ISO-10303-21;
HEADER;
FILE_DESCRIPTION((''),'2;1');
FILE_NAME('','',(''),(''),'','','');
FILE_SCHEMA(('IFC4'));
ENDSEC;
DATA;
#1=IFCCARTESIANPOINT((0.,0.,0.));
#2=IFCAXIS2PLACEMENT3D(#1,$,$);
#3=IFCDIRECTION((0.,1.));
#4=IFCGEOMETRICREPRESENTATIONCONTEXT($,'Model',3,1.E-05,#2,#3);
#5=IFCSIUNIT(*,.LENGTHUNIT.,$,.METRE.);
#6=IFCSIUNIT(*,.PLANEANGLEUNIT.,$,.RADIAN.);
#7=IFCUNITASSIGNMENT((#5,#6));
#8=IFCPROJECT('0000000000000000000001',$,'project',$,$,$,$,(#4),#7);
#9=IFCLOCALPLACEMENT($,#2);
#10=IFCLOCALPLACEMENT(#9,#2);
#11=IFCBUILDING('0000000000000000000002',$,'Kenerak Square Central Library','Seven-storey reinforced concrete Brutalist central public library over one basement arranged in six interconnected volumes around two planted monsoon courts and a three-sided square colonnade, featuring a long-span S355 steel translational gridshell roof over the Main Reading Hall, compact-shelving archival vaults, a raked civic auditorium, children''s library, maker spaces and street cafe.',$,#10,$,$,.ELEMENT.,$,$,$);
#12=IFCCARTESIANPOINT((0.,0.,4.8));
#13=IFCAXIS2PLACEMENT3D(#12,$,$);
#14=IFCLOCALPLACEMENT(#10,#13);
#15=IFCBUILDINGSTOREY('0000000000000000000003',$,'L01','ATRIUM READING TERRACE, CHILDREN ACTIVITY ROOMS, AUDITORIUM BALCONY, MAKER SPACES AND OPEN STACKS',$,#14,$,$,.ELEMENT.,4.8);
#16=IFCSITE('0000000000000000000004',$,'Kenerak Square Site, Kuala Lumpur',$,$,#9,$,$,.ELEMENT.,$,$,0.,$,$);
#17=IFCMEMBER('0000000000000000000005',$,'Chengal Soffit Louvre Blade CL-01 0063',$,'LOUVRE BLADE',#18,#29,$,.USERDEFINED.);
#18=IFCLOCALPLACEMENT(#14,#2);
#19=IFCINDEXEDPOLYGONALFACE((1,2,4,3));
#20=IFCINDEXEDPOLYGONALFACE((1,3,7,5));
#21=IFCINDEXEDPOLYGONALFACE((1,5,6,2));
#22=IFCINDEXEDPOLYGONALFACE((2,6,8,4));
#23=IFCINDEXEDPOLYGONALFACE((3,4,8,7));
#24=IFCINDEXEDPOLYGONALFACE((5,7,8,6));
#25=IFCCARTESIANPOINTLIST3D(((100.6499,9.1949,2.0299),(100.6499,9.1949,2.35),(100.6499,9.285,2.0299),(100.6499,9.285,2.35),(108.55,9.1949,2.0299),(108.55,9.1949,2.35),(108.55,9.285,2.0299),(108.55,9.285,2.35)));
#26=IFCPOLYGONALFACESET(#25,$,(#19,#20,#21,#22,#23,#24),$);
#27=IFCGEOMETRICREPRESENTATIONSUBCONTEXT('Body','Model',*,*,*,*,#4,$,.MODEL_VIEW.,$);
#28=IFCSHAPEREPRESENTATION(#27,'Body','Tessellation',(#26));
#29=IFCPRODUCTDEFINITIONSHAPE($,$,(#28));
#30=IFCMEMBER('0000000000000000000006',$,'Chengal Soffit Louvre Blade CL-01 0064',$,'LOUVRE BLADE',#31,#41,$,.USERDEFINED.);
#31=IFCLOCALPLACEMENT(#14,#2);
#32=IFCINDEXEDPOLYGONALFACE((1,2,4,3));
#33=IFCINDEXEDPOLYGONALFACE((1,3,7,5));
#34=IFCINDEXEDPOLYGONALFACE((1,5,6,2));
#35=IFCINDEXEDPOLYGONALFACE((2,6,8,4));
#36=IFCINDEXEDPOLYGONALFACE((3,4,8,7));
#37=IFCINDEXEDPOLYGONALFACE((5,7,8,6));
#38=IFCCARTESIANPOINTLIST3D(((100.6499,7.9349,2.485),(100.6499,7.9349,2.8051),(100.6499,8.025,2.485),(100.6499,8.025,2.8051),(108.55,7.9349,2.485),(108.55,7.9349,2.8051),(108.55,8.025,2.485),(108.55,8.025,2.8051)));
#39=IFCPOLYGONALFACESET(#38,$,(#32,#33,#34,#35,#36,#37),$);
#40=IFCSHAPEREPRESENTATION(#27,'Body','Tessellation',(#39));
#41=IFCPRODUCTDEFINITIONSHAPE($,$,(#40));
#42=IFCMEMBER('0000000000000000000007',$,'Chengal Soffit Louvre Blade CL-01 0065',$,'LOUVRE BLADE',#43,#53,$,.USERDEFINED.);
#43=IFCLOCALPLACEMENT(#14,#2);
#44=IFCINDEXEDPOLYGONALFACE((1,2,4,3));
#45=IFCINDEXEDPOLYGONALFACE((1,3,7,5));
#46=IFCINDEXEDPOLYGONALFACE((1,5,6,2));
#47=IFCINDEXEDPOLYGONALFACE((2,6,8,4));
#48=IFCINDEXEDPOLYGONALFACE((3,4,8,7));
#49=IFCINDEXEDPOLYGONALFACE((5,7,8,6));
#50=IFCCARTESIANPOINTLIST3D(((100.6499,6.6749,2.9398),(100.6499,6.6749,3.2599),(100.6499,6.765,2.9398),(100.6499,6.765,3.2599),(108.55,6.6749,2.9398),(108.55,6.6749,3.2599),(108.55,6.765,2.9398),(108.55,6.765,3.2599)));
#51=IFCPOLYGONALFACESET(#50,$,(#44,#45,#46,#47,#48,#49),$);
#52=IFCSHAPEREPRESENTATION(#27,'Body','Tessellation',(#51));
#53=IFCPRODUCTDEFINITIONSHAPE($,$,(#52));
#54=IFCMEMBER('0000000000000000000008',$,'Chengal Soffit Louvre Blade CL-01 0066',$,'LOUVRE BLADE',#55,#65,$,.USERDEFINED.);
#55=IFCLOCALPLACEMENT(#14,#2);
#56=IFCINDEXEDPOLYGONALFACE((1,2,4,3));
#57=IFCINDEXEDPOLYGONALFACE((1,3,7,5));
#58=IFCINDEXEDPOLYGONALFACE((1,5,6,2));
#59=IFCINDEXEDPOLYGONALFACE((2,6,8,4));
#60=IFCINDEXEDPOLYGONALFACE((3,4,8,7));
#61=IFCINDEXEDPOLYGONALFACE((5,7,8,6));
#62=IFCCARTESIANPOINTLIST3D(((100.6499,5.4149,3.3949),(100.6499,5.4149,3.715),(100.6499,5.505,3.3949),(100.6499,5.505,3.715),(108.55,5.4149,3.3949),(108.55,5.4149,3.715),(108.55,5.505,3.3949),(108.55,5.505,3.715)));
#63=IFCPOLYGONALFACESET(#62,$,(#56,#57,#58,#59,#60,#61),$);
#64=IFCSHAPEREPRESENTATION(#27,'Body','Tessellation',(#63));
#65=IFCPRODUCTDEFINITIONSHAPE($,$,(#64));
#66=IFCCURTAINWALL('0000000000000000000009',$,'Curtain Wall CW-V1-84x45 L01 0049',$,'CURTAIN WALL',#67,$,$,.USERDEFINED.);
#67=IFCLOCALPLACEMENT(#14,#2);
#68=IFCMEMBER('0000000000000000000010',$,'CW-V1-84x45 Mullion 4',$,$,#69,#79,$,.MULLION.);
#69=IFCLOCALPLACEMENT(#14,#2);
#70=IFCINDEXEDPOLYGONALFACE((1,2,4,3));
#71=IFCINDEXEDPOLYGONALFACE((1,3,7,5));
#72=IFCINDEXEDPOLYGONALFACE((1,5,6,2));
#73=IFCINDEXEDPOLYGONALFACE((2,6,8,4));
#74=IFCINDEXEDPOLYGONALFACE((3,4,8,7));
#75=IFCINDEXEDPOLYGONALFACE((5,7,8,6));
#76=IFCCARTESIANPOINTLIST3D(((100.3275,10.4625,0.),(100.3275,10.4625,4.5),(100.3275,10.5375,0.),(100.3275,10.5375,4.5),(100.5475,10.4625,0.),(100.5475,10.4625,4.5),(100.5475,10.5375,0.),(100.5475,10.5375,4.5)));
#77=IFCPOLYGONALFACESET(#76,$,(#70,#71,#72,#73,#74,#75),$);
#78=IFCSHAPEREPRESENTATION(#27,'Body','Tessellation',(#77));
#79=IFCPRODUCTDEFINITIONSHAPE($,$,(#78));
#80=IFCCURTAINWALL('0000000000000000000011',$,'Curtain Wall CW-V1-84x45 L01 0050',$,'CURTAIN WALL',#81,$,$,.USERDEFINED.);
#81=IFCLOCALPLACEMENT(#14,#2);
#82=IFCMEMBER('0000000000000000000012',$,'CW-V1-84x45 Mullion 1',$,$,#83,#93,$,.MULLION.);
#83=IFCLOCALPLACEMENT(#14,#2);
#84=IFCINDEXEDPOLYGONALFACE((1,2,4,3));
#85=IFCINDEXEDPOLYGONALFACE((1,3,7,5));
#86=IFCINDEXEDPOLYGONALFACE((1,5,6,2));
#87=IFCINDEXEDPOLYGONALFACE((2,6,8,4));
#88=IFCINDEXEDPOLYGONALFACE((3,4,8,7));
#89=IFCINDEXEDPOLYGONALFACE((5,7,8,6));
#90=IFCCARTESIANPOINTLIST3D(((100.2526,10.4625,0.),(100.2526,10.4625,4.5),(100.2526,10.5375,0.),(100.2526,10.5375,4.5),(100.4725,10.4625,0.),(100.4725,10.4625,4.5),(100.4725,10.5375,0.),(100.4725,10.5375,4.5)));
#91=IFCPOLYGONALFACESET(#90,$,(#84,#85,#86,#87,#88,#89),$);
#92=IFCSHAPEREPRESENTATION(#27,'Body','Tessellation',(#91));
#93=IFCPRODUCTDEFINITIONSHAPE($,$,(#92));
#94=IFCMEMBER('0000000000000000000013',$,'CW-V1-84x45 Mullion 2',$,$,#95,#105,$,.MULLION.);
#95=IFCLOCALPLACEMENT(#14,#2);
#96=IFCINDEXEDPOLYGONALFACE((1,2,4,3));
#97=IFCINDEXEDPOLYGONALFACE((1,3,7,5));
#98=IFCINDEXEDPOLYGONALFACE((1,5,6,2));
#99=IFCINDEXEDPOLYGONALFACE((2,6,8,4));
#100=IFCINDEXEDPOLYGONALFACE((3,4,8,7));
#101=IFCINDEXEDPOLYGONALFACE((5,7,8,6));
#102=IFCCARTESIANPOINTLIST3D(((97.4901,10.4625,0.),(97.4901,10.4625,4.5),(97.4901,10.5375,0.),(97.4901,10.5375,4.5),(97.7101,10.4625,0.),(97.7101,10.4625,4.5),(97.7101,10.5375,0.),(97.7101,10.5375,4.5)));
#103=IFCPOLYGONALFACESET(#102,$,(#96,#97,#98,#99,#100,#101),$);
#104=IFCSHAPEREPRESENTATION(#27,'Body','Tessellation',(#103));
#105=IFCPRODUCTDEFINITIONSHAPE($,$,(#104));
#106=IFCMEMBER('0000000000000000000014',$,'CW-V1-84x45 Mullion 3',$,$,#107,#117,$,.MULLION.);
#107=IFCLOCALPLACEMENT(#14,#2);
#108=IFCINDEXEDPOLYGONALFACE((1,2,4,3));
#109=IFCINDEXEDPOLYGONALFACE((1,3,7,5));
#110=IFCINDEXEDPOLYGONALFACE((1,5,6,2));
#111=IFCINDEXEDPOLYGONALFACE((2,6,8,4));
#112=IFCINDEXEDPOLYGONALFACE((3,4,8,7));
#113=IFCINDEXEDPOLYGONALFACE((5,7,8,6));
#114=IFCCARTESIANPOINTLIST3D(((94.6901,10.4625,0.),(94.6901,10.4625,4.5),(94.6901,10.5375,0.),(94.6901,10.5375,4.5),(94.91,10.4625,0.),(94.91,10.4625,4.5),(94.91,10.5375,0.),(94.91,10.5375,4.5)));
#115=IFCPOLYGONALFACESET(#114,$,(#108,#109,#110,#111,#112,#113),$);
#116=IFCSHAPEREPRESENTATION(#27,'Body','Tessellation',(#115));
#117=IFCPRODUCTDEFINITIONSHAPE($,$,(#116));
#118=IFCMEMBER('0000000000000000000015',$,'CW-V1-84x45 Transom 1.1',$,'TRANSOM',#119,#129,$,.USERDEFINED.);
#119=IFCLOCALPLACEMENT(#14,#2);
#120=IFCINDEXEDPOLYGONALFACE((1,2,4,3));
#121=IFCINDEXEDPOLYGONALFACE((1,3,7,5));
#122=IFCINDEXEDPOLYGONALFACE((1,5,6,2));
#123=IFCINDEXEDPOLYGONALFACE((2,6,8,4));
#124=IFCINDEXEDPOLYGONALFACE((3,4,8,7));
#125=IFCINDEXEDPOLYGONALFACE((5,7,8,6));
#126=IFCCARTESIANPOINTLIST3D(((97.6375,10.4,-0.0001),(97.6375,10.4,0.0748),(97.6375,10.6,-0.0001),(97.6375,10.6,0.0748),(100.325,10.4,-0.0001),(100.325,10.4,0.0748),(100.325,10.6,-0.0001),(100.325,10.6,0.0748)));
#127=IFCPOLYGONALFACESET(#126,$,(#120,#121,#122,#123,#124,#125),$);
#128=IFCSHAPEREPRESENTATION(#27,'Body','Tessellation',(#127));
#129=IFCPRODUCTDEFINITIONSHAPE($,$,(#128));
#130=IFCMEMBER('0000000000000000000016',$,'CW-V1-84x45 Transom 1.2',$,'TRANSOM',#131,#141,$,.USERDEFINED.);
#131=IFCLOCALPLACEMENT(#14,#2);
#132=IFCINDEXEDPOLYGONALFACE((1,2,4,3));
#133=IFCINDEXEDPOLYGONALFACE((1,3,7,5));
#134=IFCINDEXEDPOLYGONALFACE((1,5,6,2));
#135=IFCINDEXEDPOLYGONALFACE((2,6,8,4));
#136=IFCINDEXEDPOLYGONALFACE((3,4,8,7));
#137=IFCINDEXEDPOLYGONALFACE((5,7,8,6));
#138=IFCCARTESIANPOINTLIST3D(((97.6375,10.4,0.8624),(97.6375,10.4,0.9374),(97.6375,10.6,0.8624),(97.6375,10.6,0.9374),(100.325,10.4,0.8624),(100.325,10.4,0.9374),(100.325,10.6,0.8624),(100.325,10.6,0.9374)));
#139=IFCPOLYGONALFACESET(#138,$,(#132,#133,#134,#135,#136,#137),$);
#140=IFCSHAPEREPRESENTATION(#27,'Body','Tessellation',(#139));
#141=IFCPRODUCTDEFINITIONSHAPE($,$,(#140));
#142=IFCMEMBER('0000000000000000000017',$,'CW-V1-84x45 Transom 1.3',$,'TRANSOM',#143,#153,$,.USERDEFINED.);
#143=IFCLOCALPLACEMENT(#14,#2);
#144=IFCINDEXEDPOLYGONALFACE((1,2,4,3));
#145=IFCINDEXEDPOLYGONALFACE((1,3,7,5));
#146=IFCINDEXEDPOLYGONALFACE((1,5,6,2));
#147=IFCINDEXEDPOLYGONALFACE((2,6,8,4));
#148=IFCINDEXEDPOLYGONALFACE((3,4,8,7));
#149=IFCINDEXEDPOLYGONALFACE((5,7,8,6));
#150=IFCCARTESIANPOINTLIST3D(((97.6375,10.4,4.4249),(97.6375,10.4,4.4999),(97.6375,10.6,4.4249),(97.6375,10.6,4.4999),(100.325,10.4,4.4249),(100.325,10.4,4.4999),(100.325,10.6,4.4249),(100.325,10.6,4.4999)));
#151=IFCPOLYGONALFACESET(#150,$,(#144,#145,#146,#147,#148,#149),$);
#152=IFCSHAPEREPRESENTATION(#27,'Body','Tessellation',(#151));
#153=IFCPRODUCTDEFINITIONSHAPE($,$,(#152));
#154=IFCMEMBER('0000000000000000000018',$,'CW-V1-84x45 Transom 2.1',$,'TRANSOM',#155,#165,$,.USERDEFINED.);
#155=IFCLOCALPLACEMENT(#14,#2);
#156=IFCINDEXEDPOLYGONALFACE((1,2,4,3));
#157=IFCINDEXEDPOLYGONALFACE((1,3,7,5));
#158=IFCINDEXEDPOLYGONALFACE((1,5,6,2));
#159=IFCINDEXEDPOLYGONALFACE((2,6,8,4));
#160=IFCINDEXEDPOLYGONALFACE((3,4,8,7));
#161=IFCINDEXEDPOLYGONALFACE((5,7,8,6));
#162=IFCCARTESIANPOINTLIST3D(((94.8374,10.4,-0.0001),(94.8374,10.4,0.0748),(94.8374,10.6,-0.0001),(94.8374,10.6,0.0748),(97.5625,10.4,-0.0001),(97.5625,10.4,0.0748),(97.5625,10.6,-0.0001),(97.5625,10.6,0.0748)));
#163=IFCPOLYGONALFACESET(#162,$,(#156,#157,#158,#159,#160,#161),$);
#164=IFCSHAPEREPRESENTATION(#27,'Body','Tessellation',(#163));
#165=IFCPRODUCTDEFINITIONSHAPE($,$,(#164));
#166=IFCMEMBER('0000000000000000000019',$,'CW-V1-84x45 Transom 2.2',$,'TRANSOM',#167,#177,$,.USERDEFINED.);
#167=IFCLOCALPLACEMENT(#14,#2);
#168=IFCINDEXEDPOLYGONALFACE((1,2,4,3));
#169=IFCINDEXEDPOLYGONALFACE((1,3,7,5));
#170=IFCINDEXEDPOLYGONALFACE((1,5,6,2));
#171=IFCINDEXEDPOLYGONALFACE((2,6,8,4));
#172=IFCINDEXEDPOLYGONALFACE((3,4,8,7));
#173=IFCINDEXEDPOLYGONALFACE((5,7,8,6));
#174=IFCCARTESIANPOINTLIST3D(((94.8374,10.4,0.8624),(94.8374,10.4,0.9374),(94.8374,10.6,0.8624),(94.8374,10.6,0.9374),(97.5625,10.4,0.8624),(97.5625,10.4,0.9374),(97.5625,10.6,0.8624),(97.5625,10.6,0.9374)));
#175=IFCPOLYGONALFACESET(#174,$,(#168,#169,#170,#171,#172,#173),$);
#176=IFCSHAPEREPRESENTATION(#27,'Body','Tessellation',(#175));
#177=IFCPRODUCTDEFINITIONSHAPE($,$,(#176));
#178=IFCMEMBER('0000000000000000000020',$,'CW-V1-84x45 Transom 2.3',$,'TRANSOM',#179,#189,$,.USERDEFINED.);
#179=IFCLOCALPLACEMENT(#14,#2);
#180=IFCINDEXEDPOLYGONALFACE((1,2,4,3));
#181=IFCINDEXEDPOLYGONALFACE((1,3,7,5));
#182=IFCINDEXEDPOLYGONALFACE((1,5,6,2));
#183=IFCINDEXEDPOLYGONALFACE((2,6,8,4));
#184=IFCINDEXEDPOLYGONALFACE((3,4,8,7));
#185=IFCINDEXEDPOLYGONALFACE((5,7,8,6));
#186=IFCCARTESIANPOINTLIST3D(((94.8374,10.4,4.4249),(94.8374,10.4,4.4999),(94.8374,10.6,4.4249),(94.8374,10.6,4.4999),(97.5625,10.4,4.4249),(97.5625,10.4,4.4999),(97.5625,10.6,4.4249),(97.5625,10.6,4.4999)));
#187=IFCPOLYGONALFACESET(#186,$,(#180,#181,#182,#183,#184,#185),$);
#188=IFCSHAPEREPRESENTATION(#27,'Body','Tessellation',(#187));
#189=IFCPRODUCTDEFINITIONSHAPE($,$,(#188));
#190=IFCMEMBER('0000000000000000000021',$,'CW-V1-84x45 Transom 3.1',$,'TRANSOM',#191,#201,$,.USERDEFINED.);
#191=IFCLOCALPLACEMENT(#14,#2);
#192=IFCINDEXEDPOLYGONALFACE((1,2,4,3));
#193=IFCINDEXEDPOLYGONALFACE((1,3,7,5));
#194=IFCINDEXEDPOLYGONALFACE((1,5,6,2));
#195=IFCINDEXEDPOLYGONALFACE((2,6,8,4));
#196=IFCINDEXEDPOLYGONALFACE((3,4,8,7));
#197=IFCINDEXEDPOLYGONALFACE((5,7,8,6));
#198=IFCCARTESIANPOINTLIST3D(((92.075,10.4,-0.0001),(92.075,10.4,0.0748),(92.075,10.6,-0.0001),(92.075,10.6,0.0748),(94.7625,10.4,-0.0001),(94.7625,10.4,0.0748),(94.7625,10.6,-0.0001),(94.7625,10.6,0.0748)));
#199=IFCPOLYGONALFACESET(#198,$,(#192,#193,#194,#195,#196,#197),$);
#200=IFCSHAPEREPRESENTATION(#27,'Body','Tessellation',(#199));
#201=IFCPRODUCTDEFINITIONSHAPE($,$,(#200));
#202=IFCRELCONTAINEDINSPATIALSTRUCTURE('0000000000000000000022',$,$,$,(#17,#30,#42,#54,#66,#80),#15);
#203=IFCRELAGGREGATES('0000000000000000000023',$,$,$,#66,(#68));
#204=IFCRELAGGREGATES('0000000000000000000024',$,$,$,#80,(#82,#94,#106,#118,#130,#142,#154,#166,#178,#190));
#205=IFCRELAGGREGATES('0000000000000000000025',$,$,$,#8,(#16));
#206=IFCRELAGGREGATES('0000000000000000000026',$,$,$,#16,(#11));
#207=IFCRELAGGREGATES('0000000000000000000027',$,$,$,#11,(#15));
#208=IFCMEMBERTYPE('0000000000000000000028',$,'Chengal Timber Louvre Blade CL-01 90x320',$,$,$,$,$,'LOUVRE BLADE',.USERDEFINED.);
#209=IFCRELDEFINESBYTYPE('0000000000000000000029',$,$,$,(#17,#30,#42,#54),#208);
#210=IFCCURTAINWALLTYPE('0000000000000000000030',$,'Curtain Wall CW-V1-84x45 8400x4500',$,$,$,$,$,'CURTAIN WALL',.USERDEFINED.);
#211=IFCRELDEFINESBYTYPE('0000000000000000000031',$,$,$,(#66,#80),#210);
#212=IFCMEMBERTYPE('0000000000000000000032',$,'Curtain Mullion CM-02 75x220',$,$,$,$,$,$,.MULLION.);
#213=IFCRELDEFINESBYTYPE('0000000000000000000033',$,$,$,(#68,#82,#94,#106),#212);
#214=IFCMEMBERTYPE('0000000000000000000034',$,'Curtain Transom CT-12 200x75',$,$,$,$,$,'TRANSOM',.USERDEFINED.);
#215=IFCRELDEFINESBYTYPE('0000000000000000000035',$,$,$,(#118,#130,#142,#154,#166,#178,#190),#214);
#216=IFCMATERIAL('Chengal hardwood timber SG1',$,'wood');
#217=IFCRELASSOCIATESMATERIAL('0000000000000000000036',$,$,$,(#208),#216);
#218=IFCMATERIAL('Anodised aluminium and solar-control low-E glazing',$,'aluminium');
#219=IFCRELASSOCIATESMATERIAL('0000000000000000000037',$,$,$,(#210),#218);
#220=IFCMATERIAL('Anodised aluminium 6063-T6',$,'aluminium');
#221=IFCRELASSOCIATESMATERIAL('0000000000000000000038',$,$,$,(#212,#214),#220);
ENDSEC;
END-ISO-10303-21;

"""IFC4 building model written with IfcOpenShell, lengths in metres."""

from ifc_helpers import new_model, si_unit, direction, frame, origin, origin_2d, place, context, subcontext, project, spatial, rectangle, extrude, material, material_profile, profile_set, type_object, element, aggregate, save


model = new_model("IFC4")

# Units and contexts
model_context = context("Model", 3, precision=1e-05, world=origin(), true_north=direction((0.0, 1.0)))
body_context = subcontext(model_context, "Body", "Model", "MODEL_VIEW")
ifc_project = project(units=[si_unit("LENGTHUNIT", "METRE"), si_unit("PLANEANGLEUNIT", "RADIAN")], contexts=[model_context])

# Site, building, storey
site_placement = place(None, origin())
site = spatial("IfcSite", under=ifc_project, at=site_placement, Name="Kenerak Square Site, Kuala Lumpur", CompositionType="ELEMENT", RefElevation=0.0)
building_placement = place(site_placement, origin())
building = spatial("IfcBuilding", under=site, at=building_placement, Name="Kenerak Square Central Library", Description="Seven-storey reinforced concrete Brutalist central public library over one basement arranged in six interconnected volumes around two planted monsoon courts and a three-sided square colonnade, featuring a long-span S355 steel translational gridshell roof over the Main Reading Hall, compact-shelving archival vaults, a raked civic auditorium, children's library, maker spaces and street cafe.", CompositionType="ELEMENT")
storey_placement = place(building_placement, frame((0.0, 0.0, 4.8)))
storey = spatial("IfcBuildingStorey", under=building, at=storey_placement, Name="L01", Description="ATRIUM READING TERRACE, CHILDREN ACTIVITY ROOMS, AUDITORIUM BALCONY, MAKER SPACES AND OPEN STACKS", CompositionType="ELEMENT", Elevation=4.8)

# Members
ifc_material_1 = material(Name="Chengal hardwood timber SG1", Category="wood")
ifc_material_profile_1 = material_profile(ifc_material_1, rectangle(XDim=0.0901, YDim=0.3201, at=origin_2d()), Name="CHENGAL 90x320")
ifc_profile_set_1 = profile_set([ifc_material_profile_1], Name="Chengal hardwood timber SG1")
member_type_1 = type_object("IfcMemberType", Name="Chengal Timber Louvre Blade CL-01 90x320", ElementType="LOUVRE BLADE", PredefinedType="USERDEFINED", material=ifc_profile_set_1)
for number, where, z_axis, x_axis, name in (
    (1, (100.6499, 9.24, 2.1899), (1.0, 0.0, 0.0), (0.0, 1.0, 0.0), "Chengal Soffit Louvre Blade CL-01 0063"),
    (2, (100.6499, 7.98, 2.645), (1.0, 0.0, 0.0), (0.0, 1.0, 0.0), "Chengal Soffit Louvre Blade CL-01 0064"),
    (3, (100.6499, 6.72, 3.0999), (1.0, 0.0, 0.0), (0.0, 1.0, 0.0), "Chengal Soffit Louvre Blade CL-01 0065"),
    (4, (100.6499, 5.46, 3.5549), (1.0, 0.0, 0.0), (0.0, 1.0, 0.0), "Chengal Soffit Louvre Blade CL-01 0066"),
):
    element("IfcMember", number, at=place(storey_placement, frame(where, z_axis=z_axis, x_axis=x_axis)), inside=storey, type_object=member_type_1, Name=name, ObjectType="LOUVRE BLADE", PredefinedType="USERDEFINED", context=body_context, shape_type="SweptSolid", body=[
        extrude(rectangle(XDim=0.0901, YDim=0.3201, at=origin_2d()), origin(), (0.0, 0.0, 1.0), 7.9001),
    ])

# Curtain wall, member
ifc_material_2 = material(Name="Anodised aluminium and solar-control low-E glazing", Category="aluminium")
curtain_wall_type = type_object("IfcCurtainWallType", Name="Curtain Wall CW-V1-84x45 8400x4500", ElementType="CURTAIN WALL", PredefinedType="USERDEFINED", material=ifc_material_2)
curtain_wall_1_placement = place(storey_placement, origin())
curtain_wall_1 = element("IfcCurtainWall", 5, at=curtain_wall_1_placement, inside=storey, type_object=curtain_wall_type, Name="Curtain Wall CW-V1-84x45 L01 0049", ObjectType="CURTAIN WALL", PredefinedType="USERDEFINED")
ifc_material_3 = material(Name="Anodised aluminium 6063-T6", Category="aluminium")
ifc_material_profile_2 = material_profile(ifc_material_3, rectangle(XDim=0.075, YDim=0.22, at=origin_2d()), Name="AL MULLION 75x220")
ifc_profile_set_2 = profile_set([ifc_material_profile_2], Name="Anodised aluminium 6063-T6")
member_type_2 = type_object("IfcMemberType", Name="Curtain Mullion CM-02 75x220", PredefinedType="MULLION", material=ifc_profile_set_2)
member_1_placement = place(storey_placement, frame((100.4375, 10.5, 0.0), z_axis=(0.0, 0.0, 1.0), x_axis=(0.0, -1.0, 0.0)))
member_1 = element("IfcMember", 6, at=member_1_placement, type_object=member_type_2, Name="CW-V1-84x45 Mullion 4", PredefinedType="MULLION", context=body_context, shape_type="SweptSolid", body=[
    extrude(rectangle(XDim=0.075, YDim=0.22, at=origin_2d()), origin(), (0.0, 0.0, 1.0), 4.5),
])
aggregate(curtain_wall_1, [member_1])

# Curtain wall, members
curtain_wall_2_placement = place(storey_placement, origin())
curtain_wall_2 = element("IfcCurtainWall", 7, at=curtain_wall_2_placement, inside=storey, type_object=curtain_wall_type, Name="Curtain Wall CW-V1-84x45 L01 0050", ObjectType="CURTAIN WALL", PredefinedType="USERDEFINED")
member_2_placement = place(storey_placement, frame((100.3625, 10.5, 0.0), z_axis=(0.0, 0.0, 1.0), x_axis=(0.0, -1.0, 0.0)))
member_2 = element("IfcMember", 8, at=member_2_placement, type_object=member_type_2, Name="CW-V1-84x45 Mullion 1", PredefinedType="MULLION", context=body_context, shape_type="SweptSolid", body=[
    extrude(rectangle(XDim=0.075, YDim=0.22, at=origin_2d()), origin(), (0.0, 0.0, 1.0), 4.5),
])
member_3_placement = place(storey_placement, frame((97.6001, 10.5, 0.0), z_axis=(0.0, 0.0, 1.0), x_axis=(0.0, -1.0, 0.0)))
member_3 = element("IfcMember", 9, at=member_3_placement, type_object=member_type_2, Name="CW-V1-84x45 Mullion 2", PredefinedType="MULLION", context=body_context, shape_type="SweptSolid", body=[
    extrude(rectangle(XDim=0.075, YDim=0.22, at=origin_2d()), origin(), (0.0, 0.0, 1.0), 4.5),
])
member_4_placement = place(storey_placement, frame((94.8, 10.5, 0.0), z_axis=(0.0, 0.0, 1.0), x_axis=(0.0, -1.0, 0.0)))
member_4 = element("IfcMember", 10, at=member_4_placement, type_object=member_type_2, Name="CW-V1-84x45 Mullion 3", PredefinedType="MULLION", context=body_context, shape_type="SweptSolid", body=[
    extrude(rectangle(XDim=0.075, YDim=0.22, at=origin_2d()), origin(), (0.0, 0.0, 1.0), 4.5),
])
ifc_material_profile_3 = material_profile(ifc_material_3, rectangle(XDim=0.2, YDim=0.075, at=origin_2d()), Name="AL TRANSOM 200x75")
ifc_profile_set_3 = profile_set([ifc_material_profile_3], Name="Anodised aluminium 6063-T6")
member_type_3 = type_object("IfcMemberType", Name="Curtain Transom CT-12 200x75", ElementType="TRANSOM", PredefinedType="USERDEFINED", material=ifc_profile_set_3)
member_5_placement = place(storey_placement, frame((100.325, 10.5, 0.0374), z_axis=(-1.0, 0.0, 0.0), x_axis=(0.0, -1.0, 0.0)))
member_5 = element("IfcMember", 11, at=member_5_placement, type_object=member_type_3, Name="CW-V1-84x45 Transom 1.1", ObjectType="TRANSOM", PredefinedType="USERDEFINED", context=body_context, shape_type="SweptSolid", body=[
    extrude(rectangle(XDim=0.2, YDim=0.075, at=origin_2d()), origin(), (0.0, 0.0, 1.0), 2.6875),
])
member_6_placement = place(storey_placement, frame((100.325, 10.5, 0.8999), z_axis=(-1.0, 0.0, 0.0), x_axis=(0.0, -1.0, 0.0)))
member_6 = element("IfcMember", 12, at=member_6_placement, type_object=member_type_3, Name="CW-V1-84x45 Transom 1.2", ObjectType="TRANSOM", PredefinedType="USERDEFINED", context=body_context, shape_type="SweptSolid", body=[
    extrude(rectangle(XDim=0.2, YDim=0.075, at=origin_2d()), origin(), (0.0, 0.0, 1.0), 2.6875),
])
member_7_placement = place(storey_placement, frame((100.325, 10.5, 4.4624), z_axis=(-1.0, 0.0, 0.0), x_axis=(0.0, -1.0, 0.0)))
member_7 = element("IfcMember", 13, at=member_7_placement, type_object=member_type_3, Name="CW-V1-84x45 Transom 1.3", ObjectType="TRANSOM", PredefinedType="USERDEFINED", context=body_context, shape_type="SweptSolid", body=[
    extrude(rectangle(XDim=0.2, YDim=0.075, at=origin_2d()), origin(), (0.0, 0.0, 1.0), 2.6875),
])
member_8_placement = place(storey_placement, frame((97.5625, 10.5, 0.0374), z_axis=(-1.0, 0.0, 0.0), x_axis=(0.0, -1.0, 0.0)))
member_8 = element("IfcMember", 14, at=member_8_placement, type_object=member_type_3, Name="CW-V1-84x45 Transom 2.1", ObjectType="TRANSOM", PredefinedType="USERDEFINED", context=body_context, shape_type="SweptSolid", body=[
    extrude(rectangle(XDim=0.2, YDim=0.075, at=origin_2d()), origin(), (0.0, 0.0, 1.0), 2.7251),
])
member_9_placement = place(storey_placement, frame((97.5625, 10.5, 0.8999), z_axis=(-1.0, 0.0, 0.0), x_axis=(0.0, -1.0, 0.0)))
member_9 = element("IfcMember", 15, at=member_9_placement, type_object=member_type_3, Name="CW-V1-84x45 Transom 2.2", ObjectType="TRANSOM", PredefinedType="USERDEFINED", context=body_context, shape_type="SweptSolid", body=[
    extrude(rectangle(XDim=0.2, YDim=0.075, at=origin_2d()), origin(), (0.0, 0.0, 1.0), 2.7251),
])
member_10_placement = place(storey_placement, frame((97.5625, 10.5, 4.4624), z_axis=(-1.0, 0.0, 0.0), x_axis=(0.0, -1.0, 0.0)))
member_10 = element("IfcMember", 16, at=member_10_placement, type_object=member_type_3, Name="CW-V1-84x45 Transom 2.3", ObjectType="TRANSOM", PredefinedType="USERDEFINED", context=body_context, shape_type="SweptSolid", body=[
    extrude(rectangle(XDim=0.2, YDim=0.075, at=origin_2d()), origin(), (0.0, 0.0, 1.0), 2.7251),
])
member_11_placement = place(storey_placement, frame((94.7625, 10.5, 0.0374), z_axis=(-1.0, 0.0, 0.0), x_axis=(0.0, -1.0, 0.0)))
member_11 = element("IfcMember", 17, at=member_11_placement, type_object=member_type_3, Name="CW-V1-84x45 Transom 3.1", ObjectType="TRANSOM", PredefinedType="USERDEFINED", context=body_context, shape_type="SweptSolid", body=[
    extrude(rectangle(XDim=0.2, YDim=0.075, at=origin_2d()), origin(), (0.0, 0.0, 1.0), 2.6875),
])

aggregate(curtain_wall_2, [member_2, member_3, member_4, member_5, member_6, member_7, member_8, member_9, member_10, member_11])

save(model, "model.ifc")
